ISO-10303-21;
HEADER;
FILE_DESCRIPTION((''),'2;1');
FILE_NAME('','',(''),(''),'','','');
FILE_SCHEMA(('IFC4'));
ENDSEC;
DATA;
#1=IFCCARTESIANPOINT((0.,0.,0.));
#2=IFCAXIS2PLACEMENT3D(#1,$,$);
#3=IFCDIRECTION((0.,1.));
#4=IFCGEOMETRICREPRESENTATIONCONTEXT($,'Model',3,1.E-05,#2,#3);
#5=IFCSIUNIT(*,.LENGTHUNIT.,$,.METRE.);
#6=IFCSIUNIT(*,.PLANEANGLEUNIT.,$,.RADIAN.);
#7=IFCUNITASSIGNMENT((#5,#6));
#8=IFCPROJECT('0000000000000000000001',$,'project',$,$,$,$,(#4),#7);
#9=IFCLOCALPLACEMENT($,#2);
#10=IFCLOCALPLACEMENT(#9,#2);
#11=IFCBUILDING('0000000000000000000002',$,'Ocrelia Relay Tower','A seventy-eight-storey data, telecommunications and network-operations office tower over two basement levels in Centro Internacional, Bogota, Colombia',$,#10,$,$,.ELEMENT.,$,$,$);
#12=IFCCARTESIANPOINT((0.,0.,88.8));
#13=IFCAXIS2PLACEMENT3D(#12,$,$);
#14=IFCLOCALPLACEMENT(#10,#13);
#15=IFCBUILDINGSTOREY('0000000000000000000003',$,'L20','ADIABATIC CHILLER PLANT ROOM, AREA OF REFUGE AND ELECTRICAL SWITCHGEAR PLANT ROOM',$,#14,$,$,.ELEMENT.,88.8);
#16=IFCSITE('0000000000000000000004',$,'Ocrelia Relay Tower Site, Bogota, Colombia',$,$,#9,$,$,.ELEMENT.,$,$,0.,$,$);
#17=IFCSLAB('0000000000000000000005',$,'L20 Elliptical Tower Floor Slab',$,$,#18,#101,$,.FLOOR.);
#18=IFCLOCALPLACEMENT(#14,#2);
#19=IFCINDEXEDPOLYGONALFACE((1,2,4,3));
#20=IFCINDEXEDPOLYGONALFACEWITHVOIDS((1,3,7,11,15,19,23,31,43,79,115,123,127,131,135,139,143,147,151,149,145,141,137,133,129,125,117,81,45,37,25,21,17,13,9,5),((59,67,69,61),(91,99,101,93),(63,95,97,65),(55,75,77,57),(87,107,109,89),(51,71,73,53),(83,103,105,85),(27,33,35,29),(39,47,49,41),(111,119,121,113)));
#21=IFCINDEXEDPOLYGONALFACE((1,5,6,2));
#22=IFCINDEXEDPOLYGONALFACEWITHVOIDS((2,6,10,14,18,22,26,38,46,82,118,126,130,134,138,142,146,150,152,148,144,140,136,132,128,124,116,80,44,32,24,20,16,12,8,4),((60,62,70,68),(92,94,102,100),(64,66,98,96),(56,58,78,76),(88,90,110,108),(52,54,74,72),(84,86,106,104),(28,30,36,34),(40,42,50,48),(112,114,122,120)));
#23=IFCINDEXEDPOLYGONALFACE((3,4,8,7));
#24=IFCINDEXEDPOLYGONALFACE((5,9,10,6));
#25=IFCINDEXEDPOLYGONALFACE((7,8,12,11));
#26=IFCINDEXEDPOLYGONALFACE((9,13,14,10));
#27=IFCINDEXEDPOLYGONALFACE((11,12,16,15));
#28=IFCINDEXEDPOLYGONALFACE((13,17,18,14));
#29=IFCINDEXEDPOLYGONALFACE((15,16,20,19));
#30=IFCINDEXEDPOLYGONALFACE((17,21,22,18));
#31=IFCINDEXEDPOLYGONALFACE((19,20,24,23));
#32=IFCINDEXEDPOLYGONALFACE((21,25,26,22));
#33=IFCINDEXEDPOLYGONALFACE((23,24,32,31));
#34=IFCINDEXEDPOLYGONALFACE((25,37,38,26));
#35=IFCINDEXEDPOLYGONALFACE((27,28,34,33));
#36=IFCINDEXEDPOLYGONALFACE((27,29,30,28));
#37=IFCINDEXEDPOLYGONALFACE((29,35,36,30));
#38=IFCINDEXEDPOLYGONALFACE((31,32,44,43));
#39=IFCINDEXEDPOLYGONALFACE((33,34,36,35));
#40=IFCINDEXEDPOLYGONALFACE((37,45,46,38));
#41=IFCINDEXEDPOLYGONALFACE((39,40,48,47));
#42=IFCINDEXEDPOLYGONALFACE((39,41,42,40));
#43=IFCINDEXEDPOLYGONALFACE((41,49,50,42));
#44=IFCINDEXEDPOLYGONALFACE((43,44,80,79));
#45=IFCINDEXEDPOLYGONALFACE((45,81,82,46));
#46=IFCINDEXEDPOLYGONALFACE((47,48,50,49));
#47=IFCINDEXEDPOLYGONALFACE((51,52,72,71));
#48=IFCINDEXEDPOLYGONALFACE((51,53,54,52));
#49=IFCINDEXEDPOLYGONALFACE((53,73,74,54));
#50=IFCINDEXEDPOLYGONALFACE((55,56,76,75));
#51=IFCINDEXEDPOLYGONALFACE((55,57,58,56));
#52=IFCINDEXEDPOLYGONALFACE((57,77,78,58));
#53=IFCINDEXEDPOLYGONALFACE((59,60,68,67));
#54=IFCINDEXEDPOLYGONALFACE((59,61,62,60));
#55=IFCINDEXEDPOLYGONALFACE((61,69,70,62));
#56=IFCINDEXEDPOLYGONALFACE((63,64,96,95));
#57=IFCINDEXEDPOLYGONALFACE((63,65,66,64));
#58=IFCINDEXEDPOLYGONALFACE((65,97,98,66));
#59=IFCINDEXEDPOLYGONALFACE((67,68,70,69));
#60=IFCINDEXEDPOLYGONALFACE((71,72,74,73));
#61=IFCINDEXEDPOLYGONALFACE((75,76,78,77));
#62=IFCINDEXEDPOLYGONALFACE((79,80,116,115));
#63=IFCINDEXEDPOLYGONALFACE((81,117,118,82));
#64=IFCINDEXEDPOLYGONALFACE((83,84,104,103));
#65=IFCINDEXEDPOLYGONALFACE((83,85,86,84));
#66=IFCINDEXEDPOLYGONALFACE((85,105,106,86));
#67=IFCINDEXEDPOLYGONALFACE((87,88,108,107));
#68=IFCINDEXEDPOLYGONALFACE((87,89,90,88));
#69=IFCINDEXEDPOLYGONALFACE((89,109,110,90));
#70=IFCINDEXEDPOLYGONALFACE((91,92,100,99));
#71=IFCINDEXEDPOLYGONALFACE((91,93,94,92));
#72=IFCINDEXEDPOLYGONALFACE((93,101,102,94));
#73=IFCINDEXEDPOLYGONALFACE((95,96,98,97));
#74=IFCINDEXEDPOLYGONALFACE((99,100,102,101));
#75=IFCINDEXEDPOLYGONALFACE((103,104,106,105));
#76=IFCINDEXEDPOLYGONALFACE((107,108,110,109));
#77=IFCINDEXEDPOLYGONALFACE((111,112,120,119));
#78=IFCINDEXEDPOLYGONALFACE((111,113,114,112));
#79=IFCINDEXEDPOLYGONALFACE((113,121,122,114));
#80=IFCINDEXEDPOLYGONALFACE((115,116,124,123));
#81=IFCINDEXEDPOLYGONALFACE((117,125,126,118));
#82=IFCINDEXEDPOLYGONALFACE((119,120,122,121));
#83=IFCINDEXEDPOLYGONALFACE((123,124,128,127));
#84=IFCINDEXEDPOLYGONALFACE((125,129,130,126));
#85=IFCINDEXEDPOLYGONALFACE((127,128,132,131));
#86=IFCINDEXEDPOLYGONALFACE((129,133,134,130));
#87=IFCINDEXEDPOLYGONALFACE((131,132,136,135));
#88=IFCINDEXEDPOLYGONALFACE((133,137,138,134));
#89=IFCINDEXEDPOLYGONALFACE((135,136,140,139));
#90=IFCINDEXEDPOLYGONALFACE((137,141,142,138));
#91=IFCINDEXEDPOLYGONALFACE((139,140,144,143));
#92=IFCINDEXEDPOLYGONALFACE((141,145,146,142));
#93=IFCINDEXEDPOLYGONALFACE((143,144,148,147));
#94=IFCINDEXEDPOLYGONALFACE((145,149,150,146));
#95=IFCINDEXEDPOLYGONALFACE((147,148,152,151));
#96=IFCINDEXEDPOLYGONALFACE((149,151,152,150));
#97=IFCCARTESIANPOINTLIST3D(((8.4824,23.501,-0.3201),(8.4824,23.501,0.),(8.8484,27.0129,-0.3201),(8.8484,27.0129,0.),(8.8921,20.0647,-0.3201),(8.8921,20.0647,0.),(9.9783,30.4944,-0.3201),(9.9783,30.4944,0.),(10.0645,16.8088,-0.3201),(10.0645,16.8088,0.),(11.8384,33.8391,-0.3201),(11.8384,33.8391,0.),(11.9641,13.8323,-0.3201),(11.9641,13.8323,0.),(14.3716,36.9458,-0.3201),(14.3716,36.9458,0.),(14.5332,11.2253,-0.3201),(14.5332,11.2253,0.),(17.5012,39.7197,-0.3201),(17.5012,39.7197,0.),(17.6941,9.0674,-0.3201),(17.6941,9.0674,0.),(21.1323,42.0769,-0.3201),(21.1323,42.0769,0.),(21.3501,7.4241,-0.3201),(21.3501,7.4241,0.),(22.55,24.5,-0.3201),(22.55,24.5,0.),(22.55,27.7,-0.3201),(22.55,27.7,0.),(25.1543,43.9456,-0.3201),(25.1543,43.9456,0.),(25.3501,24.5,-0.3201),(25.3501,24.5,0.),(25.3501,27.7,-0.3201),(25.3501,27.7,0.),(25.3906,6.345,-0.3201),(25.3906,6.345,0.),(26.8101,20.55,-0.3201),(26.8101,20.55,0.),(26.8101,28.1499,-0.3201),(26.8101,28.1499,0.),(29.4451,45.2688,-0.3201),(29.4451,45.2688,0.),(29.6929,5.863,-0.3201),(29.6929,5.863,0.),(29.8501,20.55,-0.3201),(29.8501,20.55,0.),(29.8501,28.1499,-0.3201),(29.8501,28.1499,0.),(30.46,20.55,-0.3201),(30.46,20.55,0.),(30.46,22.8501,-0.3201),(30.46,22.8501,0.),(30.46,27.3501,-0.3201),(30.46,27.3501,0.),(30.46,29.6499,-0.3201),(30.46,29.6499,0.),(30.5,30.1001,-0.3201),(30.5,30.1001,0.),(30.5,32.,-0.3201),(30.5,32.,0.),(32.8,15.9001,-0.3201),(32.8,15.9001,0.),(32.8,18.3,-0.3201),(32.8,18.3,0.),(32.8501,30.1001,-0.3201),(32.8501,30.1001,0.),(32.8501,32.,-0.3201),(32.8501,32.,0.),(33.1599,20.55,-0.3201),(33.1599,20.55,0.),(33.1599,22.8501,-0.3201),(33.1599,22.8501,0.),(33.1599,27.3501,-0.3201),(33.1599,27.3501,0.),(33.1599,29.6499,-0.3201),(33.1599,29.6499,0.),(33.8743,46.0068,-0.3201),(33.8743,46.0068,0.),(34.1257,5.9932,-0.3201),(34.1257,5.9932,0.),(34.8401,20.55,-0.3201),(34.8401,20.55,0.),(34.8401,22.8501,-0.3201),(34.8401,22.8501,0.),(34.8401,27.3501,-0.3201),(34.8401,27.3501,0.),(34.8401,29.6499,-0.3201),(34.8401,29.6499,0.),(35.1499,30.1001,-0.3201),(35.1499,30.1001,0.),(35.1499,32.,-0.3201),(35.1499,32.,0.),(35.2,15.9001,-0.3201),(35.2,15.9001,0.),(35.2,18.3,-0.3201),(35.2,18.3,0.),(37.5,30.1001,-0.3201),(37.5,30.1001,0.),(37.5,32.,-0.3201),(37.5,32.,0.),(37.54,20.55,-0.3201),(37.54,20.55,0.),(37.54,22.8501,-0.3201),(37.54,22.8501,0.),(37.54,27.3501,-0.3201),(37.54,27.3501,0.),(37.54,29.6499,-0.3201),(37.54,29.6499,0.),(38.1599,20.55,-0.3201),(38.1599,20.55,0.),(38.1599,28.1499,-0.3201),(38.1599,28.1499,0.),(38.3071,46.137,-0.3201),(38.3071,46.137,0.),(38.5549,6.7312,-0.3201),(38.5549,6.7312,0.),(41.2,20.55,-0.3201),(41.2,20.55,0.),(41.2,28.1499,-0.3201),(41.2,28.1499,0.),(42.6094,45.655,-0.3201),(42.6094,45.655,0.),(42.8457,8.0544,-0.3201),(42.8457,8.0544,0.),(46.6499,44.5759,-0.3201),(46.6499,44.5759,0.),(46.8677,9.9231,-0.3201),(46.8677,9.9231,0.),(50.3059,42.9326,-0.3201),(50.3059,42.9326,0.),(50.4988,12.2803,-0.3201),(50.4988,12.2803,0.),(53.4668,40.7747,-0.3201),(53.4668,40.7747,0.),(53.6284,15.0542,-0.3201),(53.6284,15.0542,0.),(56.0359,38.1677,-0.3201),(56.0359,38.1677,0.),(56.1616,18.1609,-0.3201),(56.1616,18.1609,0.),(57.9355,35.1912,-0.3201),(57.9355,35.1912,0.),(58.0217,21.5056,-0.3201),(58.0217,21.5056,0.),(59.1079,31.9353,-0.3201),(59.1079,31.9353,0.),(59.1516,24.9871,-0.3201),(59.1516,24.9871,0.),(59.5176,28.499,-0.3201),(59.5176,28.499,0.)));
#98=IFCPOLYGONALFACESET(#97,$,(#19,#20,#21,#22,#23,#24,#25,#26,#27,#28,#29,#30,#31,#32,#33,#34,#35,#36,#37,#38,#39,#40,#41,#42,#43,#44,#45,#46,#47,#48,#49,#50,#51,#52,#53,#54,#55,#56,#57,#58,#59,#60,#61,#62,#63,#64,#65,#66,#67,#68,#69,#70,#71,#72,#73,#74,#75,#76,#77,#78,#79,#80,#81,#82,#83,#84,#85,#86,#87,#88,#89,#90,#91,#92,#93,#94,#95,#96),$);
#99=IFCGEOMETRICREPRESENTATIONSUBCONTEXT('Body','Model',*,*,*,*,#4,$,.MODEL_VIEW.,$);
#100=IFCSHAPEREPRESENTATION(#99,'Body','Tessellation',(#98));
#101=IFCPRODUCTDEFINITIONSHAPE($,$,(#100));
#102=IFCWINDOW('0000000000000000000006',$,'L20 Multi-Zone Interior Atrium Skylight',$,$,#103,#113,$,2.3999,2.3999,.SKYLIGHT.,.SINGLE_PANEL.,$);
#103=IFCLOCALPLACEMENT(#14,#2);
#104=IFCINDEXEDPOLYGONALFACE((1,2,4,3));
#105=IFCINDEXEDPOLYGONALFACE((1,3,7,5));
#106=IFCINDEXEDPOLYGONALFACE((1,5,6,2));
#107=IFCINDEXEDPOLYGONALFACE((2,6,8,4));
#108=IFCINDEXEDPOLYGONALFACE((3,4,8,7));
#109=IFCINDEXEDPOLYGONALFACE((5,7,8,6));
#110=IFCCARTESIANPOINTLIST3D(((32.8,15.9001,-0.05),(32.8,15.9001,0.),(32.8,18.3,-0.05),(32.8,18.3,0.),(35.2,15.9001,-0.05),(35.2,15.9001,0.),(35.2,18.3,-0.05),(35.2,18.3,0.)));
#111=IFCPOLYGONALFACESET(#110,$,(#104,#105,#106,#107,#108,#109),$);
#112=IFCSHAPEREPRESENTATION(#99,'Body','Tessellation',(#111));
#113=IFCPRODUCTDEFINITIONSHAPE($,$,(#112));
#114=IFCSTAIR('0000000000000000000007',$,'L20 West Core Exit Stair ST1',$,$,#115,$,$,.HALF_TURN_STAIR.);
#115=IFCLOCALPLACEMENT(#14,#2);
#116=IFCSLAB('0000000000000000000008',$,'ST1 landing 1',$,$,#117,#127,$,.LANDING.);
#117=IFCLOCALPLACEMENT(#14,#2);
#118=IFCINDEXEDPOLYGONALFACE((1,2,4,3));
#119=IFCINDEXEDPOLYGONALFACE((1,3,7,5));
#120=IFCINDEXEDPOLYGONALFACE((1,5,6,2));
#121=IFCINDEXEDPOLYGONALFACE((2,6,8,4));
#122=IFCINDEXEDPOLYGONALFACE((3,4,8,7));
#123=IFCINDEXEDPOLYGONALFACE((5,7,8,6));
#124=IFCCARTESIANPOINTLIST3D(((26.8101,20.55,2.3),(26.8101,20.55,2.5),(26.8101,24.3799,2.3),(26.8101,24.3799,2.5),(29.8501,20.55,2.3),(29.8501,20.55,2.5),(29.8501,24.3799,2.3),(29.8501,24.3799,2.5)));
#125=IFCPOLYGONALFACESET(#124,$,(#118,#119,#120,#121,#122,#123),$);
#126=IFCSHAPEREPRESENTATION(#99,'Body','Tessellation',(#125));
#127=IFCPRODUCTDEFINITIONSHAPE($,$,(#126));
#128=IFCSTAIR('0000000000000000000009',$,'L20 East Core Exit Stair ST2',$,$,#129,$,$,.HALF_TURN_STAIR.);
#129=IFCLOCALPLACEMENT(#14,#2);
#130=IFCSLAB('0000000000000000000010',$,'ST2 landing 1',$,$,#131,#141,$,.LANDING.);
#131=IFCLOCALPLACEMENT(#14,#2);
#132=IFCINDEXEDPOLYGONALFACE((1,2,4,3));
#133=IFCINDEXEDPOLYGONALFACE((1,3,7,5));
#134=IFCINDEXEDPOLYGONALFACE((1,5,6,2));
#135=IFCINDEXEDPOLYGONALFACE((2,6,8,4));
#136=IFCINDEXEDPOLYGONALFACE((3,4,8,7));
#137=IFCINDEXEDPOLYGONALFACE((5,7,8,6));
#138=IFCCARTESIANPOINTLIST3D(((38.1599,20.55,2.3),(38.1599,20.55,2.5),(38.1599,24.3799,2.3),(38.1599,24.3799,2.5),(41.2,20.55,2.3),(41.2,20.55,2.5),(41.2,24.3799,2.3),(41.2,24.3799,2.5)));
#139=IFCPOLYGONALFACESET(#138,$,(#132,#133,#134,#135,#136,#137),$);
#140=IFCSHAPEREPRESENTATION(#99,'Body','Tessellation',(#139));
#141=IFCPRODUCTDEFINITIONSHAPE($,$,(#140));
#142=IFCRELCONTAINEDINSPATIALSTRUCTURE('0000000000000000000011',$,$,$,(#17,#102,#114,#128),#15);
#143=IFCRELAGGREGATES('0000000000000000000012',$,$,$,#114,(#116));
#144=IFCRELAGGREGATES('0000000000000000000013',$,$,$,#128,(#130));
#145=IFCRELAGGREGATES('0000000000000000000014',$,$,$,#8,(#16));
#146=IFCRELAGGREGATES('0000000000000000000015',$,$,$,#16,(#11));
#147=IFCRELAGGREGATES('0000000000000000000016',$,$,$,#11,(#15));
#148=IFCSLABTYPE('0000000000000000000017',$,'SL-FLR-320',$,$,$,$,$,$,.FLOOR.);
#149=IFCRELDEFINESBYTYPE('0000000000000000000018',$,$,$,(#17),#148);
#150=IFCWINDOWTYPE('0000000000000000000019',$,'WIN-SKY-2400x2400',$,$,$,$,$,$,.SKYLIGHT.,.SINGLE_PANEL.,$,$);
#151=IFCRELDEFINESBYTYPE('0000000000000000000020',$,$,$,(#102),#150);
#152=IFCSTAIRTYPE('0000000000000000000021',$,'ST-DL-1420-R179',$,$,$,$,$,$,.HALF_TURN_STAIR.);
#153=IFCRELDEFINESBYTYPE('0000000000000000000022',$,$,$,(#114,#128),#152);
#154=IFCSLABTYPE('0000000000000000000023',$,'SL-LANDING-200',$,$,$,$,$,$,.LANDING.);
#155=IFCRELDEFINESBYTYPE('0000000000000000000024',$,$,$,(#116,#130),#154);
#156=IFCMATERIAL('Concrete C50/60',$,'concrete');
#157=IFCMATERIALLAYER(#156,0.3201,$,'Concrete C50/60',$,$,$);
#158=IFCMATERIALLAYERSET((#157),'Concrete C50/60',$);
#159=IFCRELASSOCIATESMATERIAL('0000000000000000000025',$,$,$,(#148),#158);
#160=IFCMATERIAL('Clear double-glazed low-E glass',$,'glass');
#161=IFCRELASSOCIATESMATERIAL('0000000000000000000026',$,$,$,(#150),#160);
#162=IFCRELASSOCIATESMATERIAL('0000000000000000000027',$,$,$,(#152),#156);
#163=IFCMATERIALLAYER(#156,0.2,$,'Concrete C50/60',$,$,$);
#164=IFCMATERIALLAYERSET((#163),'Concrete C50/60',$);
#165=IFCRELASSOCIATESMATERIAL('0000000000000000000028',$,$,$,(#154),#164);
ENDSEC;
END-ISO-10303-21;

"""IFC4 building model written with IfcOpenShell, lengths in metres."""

from ifc_helpers import new_model, si_unit, direction, frame, origin, origin_2d, place, context, subcontext, project, spatial, polyline, rectangle, outline, extrude, material, layer, layer_set, type_object, element, fill, aggregate, save


model = new_model("IFC4")

# Units and contexts
model_context = context("Model", 3, precision=1e-05, world=origin(), true_north=direction((0.0, 1.0)))
body_context = subcontext(model_context, "Body", "Model", "MODEL_VIEW")
ifc_project = project(units=[si_unit("LENGTHUNIT", "METRE"), si_unit("PLANEANGLEUNIT", "RADIAN")], contexts=[model_context])

# Site, building, storey
site_placement = place(None, origin())
site = spatial("IfcSite", under=ifc_project, at=site_placement, Name="Ocrelia Relay Tower Site, Bogota, Colombia", CompositionType="ELEMENT", RefElevation=0.0)
building_placement = place(site_placement, origin())
building = spatial("IfcBuilding", under=site, at=building_placement, Name="Ocrelia Relay Tower", Description="A seventy-eight-storey data, telecommunications and network-operations office tower over two basement levels in Centro Internacional, Bogota, Colombia", CompositionType="ELEMENT")
storey_placement = place(building_placement, frame((0.0, 0.0, 88.8)))
storey = spatial("IfcBuildingStorey", under=building, at=storey_placement, Name="L20", Description="ADIABATIC CHILLER PLANT ROOM, AREA OF REFUGE AND ELECTRICAL SWITCHGEAR PLANT ROOM", CompositionType="ELEMENT", Elevation=88.8)

# Slab, opening, window
ifc_material_1 = material(Name="Concrete C50/60", Category="concrete")
ifc_layer_1 = layer(ifc_material_1, 0.3201, Name="Concrete C50/60")
ifc_layer_set_1 = layer_set([ifc_layer_1], Name="Concrete C50/60")
slab_type_1 = type_object("IfcSlabType", Name="SL-FLR-320", PredefinedType="FLOOR", material=ifc_layer_set_1)
slab_1_placement = place(storey_placement, frame((0.0, 0.0, -0.3201)))
slab_1 = element("IfcSlab", 1, at=slab_1_placement, inside=storey, type_object=slab_type_1, Name="L20 Elliptical Tower Floor Slab", PredefinedType="FLOOR", context=body_context, shape_type="SweptSolid", body=[
    extrude(outline(polyline([(59.1079, 31.9353), (57.9355, 35.1912), (56.0359, 38.1677), (53.4668, 40.7747), (50.3059, 42.9326), (46.6499, 44.5759), (42.6094, 45.655), (38.3071, 46.137), (33.8743, 46.0068), (29.4451, 45.2688), (25.1543, 43.9456), (21.1323, 42.0769), (17.5012, 39.7197), (14.3716, 36.9458), (11.8384, 33.8391), (9.9783, 30.4944), (8.8484, 27.0129), (8.4824, 23.501), (8.8921, 20.0647), (10.0645, 16.8088), (11.9641, 13.8323), (14.5332, 11.2253), (17.6941, 9.0674), (21.3501, 7.4241), (25.3906, 6.345), (29.6929, 5.863), (34.1257, 5.9932), (38.5549, 6.7312), (42.8457, 8.0544), (46.8677, 9.9231), (50.4988, 12.2803), (53.6284, 15.0542), (56.1616, 18.1609), (58.0217, 21.5056), (59.1516, 24.9871), (59.5176, 28.499), (59.1079, 31.9353)]), holes=[polyline([(26.8101, 28.1499), (26.8101, 20.55), (29.8501, 20.55), (29.8501, 28.1499), (26.8101, 28.1499)]), polyline([(38.1599, 28.1499), (38.1599, 20.55), (41.2, 20.55), (41.2, 28.1499), (38.1599, 28.1499)]), polyline([(30.46, 20.55), (33.1599, 20.55), (33.1599, 22.8501), (30.46, 22.8501), (30.46, 20.55)]), polyline([(34.8401, 20.55), (37.54, 20.55), (37.54, 22.8501), (34.8401, 22.8501), (34.8401, 20.55)]), polyline([(30.46, 27.3501), (33.1599, 27.3501), (33.1599, 29.6499), (30.46, 29.6499), (30.46, 27.3501)]), polyline([(34.8401, 27.3501), (37.54, 27.3501), (37.54, 29.6499), (34.8401, 29.6499), (34.8401, 27.3501)]), polyline([(30.5, 30.1001), (32.8501, 30.1001), (32.8501, 32.0), (30.5, 32.0), (30.5, 30.1001)]), polyline([(35.1499, 30.1001), (37.5, 30.1001), (37.5, 32.0), (35.1499, 32.0), (35.1499, 30.1001)]), polyline([(22.55, 24.5), (25.3501, 24.5), (25.3501, 27.7), (22.55, 27.7), (22.55, 24.5)])]), origin(), (0.0, 0.0, 1.0), 0.3201),
])
opening_1_placement = place(slab_1_placement, frame((34.0, 17.1001, 0.0)))
opening_1 = element("IfcOpeningElement", 2, at=opening_1_placement, cuts=slab_1, PredefinedType="OPENING", context=body_context, shape_type="SweptSolid", body=[
    extrude(rectangle(XDim=2.3999, YDim=2.3999, at=origin_2d()), frame((0.0, 0.0, -0.01)), (0.0, 0.0, 1.0), 0.3401),
])
ifc_material_2 = material(Name="Clear double-glazed low-E glass", Category="glass")
window_type = type_object("IfcWindowType", Name="WIN-SKY-2400x2400", PartitioningType="SINGLE_PANEL", PredefinedType="SKYLIGHT", material=ifc_material_2)
window_placement = place(opening_1_placement, frame((0.0, 0.0, 0.27)))
window = element("IfcWindow", 3, at=window_placement, inside=storey, type_object=window_type, Name="L20 Multi-Zone Interior Atrium Skylight", OverallHeight=2.3999, OverallWidth=2.3999, PartitioningType="SINGLE_PANEL", PredefinedType="SKYLIGHT", context=body_context, shape_type="SweptSolid", body=[
    extrude(rectangle(XDim=2.3999, YDim=2.3999, at=origin_2d()), origin(), (0.0, 0.0, 1.0), 0.05),
])
fill(opening_1, window)

# Stairs, slabs
stair_type = type_object("IfcStairType", Name="ST-DL-1420-R179", PredefinedType="HALF_TURN_STAIR", material=ifc_material_1)
stair_1_placement = place(storey_placement, origin())
stair_1 = element("IfcStair", 4, at=stair_1_placement, inside=storey, type_object=stair_type, Name="L20 West Core Exit Stair ST1", PredefinedType="HALF_TURN_STAIR")
ifc_layer_2 = layer(ifc_material_1, 0.2, Name="Concrete C50/60")
ifc_layer_set_2 = layer_set([ifc_layer_2], Name="Concrete C50/60")
slab_type_2 = type_object("IfcSlabType", Name="SL-LANDING-200", PredefinedType="LANDING", material=ifc_layer_set_2)
slab_2_placement = place(storey_placement, frame((0.0, 0.0, 2.3)))
slab_2 = element("IfcSlab", 5, at=slab_2_placement, type_object=slab_type_2, Name="ST1 landing 1", PredefinedType="LANDING", context=body_context, shape_type="SweptSolid", body=[
    extrude(outline(polyline([(26.8101, 24.3799), (26.8101, 20.55), (29.8501, 20.55), (29.8501, 24.3799), (26.8101, 24.3799)])), origin(), (0.0, 0.0, 1.0), 0.2),
])
aggregate(stair_1, [slab_2])
stair_2_placement = place(storey_placement, origin())
stair_2 = element("IfcStair", 6, at=stair_2_placement, inside=storey, type_object=stair_type, Name="L20 East Core Exit Stair ST2", PredefinedType="HALF_TURN_STAIR")
slab_3_placement = place(storey_placement, frame((0.0, 0.0, 2.3)))
slab_3 = element("IfcSlab", 7, at=slab_3_placement, type_object=slab_type_2, Name="ST2 landing 1", PredefinedType="LANDING", context=body_context, shape_type="SweptSolid", body=[
    extrude(outline(polyline([(38.1599, 24.3799), (38.1599, 20.55), (41.2, 20.55), (41.2, 24.3799), (38.1599, 24.3799)])), origin(), (0.0, 0.0, 1.0), 0.2),
])
aggregate(stair_2, [slab_3])

save(model, "model.ifc")
